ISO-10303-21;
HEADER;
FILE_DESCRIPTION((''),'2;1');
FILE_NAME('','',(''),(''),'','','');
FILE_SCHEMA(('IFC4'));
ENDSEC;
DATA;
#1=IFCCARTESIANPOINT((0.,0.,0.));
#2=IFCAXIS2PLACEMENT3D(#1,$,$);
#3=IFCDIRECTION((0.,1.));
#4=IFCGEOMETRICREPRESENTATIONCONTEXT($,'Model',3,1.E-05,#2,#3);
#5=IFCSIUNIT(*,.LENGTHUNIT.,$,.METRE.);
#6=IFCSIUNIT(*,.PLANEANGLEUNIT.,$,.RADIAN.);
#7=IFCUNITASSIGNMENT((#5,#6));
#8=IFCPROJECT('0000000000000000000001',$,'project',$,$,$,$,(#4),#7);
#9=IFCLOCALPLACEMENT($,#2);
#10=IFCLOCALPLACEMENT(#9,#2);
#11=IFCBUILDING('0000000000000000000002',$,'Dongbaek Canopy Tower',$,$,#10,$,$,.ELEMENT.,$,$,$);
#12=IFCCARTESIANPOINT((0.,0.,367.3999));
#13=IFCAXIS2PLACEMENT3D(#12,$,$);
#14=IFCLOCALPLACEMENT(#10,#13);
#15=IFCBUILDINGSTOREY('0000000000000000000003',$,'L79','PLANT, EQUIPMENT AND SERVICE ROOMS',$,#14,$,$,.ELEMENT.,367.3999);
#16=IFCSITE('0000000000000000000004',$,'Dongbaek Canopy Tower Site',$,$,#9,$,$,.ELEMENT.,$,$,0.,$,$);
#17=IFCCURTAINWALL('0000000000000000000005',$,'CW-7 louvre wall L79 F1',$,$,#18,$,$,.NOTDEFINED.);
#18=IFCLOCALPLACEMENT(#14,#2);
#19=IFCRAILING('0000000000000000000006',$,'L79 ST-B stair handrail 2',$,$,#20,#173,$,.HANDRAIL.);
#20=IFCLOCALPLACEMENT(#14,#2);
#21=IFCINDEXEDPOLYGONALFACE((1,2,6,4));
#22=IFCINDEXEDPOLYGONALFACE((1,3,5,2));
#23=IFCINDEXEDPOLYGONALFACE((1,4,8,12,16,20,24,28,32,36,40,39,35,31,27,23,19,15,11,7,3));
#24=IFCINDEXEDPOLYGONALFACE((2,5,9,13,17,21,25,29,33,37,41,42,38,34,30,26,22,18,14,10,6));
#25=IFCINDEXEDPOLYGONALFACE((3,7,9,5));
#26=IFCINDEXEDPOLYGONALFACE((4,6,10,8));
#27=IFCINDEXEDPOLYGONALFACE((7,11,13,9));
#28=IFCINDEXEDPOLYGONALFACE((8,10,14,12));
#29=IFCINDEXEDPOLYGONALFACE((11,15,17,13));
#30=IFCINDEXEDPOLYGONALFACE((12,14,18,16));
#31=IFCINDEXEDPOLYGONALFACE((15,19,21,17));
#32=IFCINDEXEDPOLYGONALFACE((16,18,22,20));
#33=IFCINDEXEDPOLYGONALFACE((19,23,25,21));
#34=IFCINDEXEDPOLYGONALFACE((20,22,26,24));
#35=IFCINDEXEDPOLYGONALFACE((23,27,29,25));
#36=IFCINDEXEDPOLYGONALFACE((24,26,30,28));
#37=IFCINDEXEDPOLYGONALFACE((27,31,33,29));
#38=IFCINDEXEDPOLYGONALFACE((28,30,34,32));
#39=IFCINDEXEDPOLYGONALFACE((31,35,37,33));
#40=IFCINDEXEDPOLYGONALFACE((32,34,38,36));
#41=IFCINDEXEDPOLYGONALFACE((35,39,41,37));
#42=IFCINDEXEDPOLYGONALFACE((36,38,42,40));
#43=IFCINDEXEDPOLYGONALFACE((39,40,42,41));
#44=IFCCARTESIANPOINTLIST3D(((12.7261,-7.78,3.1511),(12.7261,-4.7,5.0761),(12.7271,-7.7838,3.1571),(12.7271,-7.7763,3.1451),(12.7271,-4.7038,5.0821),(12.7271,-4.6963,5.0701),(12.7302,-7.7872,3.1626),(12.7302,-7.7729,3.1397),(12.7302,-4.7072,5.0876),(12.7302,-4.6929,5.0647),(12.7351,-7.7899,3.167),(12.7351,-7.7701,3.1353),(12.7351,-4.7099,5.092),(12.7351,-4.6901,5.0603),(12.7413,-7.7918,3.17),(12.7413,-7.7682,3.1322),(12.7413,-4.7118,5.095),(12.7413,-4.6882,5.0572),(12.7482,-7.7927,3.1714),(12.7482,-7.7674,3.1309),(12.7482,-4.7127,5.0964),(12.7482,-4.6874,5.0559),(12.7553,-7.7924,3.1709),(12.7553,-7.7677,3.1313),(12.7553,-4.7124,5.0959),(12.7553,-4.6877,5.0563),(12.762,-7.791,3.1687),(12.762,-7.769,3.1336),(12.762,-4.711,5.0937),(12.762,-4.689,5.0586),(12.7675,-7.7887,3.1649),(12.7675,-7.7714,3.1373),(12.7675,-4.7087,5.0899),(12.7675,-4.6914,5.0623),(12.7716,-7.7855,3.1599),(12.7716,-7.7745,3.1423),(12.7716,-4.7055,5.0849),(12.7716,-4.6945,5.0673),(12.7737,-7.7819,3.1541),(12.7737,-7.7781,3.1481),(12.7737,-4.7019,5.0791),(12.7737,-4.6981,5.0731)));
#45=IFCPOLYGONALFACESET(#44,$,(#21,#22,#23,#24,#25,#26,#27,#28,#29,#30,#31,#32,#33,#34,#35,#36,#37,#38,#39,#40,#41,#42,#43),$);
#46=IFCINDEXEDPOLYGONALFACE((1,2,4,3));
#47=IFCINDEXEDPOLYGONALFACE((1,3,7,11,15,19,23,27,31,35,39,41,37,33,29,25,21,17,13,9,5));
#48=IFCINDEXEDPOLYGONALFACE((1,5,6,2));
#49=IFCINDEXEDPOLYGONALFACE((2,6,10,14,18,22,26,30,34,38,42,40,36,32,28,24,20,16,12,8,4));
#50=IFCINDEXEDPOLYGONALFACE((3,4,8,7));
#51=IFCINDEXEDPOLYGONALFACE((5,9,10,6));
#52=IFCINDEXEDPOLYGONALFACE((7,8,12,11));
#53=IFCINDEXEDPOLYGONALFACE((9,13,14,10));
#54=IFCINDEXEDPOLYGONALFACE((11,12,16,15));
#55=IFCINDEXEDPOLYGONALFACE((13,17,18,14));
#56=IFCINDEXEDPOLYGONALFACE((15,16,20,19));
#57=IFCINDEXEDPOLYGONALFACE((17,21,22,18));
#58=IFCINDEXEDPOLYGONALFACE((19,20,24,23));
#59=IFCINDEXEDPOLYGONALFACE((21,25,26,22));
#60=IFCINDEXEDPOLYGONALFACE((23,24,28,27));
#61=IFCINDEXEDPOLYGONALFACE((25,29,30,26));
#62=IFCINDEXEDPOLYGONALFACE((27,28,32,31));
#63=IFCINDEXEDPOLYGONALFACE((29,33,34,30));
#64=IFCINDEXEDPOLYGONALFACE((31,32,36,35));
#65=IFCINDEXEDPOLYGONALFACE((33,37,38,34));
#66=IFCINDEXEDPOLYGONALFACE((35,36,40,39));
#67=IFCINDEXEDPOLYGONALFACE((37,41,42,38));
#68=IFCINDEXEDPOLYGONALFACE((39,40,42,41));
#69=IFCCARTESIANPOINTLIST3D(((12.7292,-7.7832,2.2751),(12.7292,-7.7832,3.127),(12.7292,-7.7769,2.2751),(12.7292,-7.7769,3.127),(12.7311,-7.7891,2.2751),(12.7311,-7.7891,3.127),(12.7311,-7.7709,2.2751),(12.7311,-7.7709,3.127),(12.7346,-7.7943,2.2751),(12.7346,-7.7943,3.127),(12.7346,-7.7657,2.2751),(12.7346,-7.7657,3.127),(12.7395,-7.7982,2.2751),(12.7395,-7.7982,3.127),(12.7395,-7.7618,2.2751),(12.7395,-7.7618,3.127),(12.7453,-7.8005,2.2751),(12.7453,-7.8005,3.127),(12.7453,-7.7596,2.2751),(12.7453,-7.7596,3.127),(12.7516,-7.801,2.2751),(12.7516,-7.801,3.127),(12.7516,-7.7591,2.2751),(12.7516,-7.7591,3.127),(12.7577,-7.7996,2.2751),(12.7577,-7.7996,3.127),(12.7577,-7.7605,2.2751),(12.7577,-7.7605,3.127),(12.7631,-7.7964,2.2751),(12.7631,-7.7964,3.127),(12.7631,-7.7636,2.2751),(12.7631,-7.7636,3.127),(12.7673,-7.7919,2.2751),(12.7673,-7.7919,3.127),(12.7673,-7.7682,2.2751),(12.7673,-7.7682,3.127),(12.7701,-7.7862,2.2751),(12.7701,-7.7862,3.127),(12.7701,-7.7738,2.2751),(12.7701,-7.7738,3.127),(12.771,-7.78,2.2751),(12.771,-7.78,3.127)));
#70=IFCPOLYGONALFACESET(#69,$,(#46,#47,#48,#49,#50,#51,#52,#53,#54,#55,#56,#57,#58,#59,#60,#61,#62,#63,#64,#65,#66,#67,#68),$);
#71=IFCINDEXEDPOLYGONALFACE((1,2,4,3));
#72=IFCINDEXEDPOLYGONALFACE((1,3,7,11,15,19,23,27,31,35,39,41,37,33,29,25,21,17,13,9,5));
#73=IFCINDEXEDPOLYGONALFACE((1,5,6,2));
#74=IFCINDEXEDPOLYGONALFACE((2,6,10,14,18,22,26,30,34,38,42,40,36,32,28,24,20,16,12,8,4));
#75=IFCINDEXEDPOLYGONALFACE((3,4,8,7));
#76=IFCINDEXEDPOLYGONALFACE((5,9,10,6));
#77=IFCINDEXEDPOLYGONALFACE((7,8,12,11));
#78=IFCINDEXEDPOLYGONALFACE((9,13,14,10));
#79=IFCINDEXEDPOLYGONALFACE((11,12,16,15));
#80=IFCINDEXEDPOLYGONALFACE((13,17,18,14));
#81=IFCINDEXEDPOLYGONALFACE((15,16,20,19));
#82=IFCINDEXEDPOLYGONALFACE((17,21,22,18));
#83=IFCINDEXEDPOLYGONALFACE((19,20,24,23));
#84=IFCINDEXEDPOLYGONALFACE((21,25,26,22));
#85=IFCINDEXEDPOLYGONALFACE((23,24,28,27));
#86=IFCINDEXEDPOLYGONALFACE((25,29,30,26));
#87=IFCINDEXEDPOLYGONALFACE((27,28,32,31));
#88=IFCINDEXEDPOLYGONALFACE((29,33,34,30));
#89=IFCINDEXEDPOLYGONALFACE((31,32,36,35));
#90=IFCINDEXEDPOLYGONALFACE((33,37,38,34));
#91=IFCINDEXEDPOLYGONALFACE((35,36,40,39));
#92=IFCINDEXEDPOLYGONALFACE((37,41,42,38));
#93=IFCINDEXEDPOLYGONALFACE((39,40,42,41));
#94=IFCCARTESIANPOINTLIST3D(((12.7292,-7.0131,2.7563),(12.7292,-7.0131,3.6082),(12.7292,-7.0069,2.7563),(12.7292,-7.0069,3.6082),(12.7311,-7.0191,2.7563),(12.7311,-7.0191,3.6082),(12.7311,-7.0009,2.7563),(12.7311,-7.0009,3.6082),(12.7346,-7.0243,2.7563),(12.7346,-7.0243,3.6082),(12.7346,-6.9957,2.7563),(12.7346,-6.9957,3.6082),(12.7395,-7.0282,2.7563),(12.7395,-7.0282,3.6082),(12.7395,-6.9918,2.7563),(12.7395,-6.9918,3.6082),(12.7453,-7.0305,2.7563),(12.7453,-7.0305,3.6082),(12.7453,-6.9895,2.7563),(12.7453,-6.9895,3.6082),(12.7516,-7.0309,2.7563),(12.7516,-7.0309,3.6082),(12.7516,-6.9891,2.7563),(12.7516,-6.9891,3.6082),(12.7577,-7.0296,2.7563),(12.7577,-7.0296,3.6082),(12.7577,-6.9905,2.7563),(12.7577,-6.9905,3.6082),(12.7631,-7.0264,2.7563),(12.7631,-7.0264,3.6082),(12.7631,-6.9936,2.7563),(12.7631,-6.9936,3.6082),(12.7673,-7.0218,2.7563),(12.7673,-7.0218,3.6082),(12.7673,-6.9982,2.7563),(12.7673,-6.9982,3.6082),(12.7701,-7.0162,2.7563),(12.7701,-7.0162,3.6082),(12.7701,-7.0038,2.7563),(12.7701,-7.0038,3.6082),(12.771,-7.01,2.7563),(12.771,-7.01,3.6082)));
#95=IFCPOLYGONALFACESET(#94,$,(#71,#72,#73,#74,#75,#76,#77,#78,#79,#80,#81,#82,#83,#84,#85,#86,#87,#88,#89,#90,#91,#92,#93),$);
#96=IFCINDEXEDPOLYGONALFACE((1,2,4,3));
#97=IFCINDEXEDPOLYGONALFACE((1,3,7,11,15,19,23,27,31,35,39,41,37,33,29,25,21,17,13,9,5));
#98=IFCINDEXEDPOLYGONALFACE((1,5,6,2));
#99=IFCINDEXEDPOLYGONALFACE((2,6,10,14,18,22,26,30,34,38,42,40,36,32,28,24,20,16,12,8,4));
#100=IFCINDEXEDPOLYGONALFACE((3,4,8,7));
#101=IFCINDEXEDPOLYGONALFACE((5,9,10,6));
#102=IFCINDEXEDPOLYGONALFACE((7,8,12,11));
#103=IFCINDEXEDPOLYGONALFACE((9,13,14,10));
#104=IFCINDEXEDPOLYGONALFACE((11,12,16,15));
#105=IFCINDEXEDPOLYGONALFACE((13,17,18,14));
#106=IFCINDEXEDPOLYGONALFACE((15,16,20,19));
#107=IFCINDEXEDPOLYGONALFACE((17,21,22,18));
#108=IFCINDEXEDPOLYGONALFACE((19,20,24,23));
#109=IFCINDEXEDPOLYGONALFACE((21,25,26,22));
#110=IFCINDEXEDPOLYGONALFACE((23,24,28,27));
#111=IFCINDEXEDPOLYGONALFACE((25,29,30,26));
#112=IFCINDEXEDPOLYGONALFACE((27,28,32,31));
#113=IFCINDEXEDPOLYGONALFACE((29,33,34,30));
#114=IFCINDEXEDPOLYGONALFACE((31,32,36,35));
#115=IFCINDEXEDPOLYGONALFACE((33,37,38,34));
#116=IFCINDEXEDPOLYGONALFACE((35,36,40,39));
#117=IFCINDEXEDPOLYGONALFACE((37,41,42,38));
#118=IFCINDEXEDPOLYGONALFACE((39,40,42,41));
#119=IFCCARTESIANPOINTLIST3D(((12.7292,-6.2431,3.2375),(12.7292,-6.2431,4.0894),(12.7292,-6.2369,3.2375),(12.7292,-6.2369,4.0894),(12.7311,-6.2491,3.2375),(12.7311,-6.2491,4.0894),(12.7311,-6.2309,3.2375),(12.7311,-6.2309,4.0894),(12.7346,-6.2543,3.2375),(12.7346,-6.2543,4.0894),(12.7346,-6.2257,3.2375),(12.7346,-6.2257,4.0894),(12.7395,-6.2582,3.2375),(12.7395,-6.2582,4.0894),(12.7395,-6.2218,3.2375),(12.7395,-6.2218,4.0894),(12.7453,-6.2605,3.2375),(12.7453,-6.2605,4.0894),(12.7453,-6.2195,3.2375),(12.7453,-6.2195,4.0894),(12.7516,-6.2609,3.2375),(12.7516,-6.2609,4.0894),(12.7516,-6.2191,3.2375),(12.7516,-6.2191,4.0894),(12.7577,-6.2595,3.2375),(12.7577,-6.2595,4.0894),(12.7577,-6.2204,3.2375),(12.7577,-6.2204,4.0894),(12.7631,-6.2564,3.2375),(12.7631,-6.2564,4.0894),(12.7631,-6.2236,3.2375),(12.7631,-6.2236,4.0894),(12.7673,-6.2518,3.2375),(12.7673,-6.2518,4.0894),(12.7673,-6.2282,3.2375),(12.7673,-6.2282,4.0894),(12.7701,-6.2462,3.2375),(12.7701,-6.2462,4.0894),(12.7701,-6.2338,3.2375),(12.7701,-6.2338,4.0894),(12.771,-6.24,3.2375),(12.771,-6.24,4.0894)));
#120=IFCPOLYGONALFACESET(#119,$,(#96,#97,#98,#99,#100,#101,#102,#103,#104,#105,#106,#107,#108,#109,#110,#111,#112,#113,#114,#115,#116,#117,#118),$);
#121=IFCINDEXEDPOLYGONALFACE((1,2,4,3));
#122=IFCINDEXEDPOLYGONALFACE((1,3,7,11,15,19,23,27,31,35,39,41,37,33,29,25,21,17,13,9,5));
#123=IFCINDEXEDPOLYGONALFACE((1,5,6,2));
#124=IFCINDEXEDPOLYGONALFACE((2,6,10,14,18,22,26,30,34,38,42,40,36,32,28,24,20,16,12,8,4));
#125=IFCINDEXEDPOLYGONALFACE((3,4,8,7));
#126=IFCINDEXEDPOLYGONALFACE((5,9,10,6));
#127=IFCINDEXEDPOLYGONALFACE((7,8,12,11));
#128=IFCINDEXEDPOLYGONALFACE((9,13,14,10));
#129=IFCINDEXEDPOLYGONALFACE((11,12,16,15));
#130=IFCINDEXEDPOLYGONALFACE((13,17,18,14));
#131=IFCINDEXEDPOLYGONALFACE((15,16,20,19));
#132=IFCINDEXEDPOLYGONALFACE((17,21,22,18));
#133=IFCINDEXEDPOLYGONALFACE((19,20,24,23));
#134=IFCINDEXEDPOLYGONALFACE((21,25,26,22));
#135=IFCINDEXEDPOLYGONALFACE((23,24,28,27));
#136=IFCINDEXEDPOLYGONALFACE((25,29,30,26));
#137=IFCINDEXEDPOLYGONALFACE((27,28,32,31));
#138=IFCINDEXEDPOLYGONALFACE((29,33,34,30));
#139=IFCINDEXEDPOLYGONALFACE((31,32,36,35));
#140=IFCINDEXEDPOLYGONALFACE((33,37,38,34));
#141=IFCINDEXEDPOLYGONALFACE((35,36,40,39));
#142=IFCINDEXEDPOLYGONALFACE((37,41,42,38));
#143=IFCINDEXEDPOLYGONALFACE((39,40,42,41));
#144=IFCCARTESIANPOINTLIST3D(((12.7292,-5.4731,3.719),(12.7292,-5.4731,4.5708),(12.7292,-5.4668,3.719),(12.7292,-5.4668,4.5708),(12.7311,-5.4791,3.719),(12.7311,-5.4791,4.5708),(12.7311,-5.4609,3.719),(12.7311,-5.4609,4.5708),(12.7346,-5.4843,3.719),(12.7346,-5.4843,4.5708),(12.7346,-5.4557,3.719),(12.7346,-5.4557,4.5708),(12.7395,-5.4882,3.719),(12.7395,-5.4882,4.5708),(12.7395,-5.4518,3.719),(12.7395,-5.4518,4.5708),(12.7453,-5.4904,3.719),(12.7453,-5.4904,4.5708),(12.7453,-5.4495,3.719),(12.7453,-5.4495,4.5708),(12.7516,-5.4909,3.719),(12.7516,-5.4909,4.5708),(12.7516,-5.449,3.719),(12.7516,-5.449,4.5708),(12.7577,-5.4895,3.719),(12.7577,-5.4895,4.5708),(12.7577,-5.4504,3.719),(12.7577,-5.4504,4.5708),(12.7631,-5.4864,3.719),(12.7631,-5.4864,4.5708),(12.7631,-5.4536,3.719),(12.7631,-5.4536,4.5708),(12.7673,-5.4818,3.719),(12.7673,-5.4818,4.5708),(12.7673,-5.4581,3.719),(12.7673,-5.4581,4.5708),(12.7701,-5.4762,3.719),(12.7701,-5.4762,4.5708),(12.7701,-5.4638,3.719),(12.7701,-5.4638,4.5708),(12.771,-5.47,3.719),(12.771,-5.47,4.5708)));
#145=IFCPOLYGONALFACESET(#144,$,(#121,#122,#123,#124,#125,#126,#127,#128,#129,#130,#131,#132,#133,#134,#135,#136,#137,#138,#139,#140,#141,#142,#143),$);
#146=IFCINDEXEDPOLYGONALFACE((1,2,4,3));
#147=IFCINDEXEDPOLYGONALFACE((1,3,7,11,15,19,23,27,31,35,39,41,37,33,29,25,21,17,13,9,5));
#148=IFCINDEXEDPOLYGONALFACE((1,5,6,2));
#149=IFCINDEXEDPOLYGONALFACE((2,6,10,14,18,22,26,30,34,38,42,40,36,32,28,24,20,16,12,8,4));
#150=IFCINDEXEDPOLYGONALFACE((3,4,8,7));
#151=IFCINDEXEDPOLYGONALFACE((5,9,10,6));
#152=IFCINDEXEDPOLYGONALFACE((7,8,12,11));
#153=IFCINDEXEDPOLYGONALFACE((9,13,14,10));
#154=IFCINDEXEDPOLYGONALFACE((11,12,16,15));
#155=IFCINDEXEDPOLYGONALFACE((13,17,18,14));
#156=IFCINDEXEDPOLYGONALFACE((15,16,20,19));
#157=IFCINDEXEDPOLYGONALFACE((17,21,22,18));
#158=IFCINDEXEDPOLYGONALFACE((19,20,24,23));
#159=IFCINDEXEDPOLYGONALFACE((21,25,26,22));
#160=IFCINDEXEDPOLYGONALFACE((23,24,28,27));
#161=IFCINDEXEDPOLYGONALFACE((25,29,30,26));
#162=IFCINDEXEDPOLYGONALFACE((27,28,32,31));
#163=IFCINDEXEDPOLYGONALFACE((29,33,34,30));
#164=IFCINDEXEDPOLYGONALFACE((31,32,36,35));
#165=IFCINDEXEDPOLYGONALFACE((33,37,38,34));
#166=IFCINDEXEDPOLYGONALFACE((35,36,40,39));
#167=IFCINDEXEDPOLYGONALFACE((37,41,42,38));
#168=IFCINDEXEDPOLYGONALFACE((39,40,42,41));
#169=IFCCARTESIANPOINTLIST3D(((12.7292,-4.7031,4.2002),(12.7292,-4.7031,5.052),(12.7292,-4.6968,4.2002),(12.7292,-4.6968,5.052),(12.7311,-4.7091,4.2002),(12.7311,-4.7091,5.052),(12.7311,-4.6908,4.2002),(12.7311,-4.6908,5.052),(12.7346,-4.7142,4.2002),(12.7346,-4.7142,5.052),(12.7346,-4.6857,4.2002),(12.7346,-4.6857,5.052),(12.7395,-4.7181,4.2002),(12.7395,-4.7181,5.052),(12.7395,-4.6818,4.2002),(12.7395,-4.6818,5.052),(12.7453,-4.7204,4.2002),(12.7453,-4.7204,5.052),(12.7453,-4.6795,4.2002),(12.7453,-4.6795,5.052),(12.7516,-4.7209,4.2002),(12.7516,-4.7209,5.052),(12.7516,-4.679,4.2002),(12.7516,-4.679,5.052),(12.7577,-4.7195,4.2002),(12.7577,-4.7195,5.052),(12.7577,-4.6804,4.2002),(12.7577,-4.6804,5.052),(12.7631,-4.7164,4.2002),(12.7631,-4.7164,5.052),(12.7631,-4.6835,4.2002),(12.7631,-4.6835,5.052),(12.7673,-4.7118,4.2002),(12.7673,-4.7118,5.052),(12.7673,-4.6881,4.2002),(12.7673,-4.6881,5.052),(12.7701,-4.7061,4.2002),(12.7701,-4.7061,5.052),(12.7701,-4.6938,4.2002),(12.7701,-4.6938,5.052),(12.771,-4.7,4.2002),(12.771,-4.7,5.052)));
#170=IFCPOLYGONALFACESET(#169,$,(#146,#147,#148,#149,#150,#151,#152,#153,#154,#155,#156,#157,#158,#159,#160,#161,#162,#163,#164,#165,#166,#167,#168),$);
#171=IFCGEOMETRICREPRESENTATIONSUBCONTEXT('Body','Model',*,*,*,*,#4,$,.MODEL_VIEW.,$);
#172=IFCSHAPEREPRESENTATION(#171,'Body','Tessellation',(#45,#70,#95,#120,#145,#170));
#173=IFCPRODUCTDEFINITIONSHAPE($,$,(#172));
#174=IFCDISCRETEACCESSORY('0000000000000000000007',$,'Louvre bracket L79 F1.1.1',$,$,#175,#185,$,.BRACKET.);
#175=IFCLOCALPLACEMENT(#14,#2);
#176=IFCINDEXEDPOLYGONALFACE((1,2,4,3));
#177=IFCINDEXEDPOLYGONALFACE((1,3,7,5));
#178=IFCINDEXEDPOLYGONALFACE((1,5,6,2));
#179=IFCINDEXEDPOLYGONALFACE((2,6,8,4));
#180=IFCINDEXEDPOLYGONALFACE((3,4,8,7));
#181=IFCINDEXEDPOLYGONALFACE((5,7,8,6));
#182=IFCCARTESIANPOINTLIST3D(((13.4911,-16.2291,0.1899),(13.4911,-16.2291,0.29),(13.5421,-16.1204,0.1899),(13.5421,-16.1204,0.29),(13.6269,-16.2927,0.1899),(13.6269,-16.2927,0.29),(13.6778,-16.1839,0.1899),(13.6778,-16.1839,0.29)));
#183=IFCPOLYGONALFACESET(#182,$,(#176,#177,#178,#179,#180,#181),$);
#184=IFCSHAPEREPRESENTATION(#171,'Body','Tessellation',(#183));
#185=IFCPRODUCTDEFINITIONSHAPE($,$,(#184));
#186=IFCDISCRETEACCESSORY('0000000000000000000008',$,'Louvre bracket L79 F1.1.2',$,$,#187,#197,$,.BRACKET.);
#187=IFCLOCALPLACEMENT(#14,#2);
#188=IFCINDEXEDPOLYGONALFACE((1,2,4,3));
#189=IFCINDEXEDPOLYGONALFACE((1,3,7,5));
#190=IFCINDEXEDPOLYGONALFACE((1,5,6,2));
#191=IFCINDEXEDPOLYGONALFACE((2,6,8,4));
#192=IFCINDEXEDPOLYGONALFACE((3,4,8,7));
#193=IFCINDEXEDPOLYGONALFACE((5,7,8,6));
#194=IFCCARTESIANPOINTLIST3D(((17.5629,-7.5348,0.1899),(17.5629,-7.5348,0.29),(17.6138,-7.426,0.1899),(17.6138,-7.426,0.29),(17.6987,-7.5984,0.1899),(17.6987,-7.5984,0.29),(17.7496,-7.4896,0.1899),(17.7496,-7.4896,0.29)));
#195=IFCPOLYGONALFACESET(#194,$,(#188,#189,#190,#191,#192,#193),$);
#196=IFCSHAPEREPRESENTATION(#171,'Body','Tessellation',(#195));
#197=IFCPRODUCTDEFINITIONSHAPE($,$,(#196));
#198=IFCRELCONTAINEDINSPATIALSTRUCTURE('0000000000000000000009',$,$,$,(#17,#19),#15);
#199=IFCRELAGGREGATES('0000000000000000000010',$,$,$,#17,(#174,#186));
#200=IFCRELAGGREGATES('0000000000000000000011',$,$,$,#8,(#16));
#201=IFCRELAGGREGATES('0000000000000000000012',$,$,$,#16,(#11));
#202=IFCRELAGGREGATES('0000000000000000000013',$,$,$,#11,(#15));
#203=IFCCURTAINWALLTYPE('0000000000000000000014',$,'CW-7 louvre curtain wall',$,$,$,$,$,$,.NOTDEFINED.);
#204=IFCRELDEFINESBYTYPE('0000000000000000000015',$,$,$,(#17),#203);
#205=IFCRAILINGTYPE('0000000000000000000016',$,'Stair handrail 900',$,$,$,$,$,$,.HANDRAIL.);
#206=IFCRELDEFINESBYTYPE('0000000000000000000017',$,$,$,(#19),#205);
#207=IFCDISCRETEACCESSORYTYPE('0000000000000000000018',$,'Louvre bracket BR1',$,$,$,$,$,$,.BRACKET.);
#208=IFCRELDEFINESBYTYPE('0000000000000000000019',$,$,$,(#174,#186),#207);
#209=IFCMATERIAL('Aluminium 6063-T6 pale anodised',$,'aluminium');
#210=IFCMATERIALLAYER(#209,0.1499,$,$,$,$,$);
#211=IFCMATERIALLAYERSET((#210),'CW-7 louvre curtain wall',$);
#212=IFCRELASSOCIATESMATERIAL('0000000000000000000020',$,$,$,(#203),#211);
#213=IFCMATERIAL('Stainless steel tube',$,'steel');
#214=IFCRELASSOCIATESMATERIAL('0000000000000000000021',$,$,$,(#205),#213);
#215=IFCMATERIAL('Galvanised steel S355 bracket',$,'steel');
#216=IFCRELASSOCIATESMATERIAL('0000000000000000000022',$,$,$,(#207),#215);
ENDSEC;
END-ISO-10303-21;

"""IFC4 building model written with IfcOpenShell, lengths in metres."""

from ifc_helpers import new_model, si_unit, direction, frame, origin, origin_2d, place, context, subcontext, project, spatial, rectangle, circle, extrude, material, layer, layer_set, type_object, element, aggregate, save


model = new_model("IFC4")

# Units and contexts
model_context = context("Model", 3, precision=1e-05, world=origin(), true_north=direction((0.0, 1.0)))
body_context = subcontext(model_context, "Body", "Model", "MODEL_VIEW")
ifc_project = project(units=[si_unit("LENGTHUNIT", "METRE"), si_unit("PLANEANGLEUNIT", "RADIAN")], contexts=[model_context])

# Site, building, storey
site_placement = place(None, origin())
site = spatial("IfcSite", under=ifc_project, at=site_placement, Name="Dongbaek Canopy Tower Site", CompositionType="ELEMENT", RefElevation=0.0)
building_placement = place(site_placement, origin())
building = spatial("IfcBuilding", under=site, at=building_placement, Name="Dongbaek Canopy Tower", CompositionType="ELEMENT")
storey_placement = place(building_placement, frame((0.0, 0.0, 367.3999)))
storey = spatial("IfcBuildingStorey", under=building, at=storey_placement, Name="L79", Description="PLANT, EQUIPMENT AND SERVICE ROOMS", CompositionType="ELEMENT", Elevation=367.3999)

# Shared definitions
ifc_material_1 = material(Name="Aluminium 6063-T6 pale anodised", Category="aluminium")
ifc_layer_1 = layer(ifc_material_1, 0.1499)
ifc_layer_set_1 = layer_set([ifc_layer_1], Name="CW-7 louvre curtain wall")
curtain_wall_type = type_object("IfcCurtainWallType", Name="CW-7 louvre curtain wall", PredefinedType="NOTDEFINED", material=ifc_layer_set_1)

# Curtain wall
curtain_wall_1_placement = place(storey_placement, origin())
curtain_wall_1 = element("IfcCurtainWall", 1, at=curtain_wall_1_placement, inside=storey, type_object=curtain_wall_type, Name="CW-7 louvre wall L79 F1", PredefinedType="NOTDEFINED")

# Railing
ifc_material_2 = material(Name="Stainless steel tube", Category="steel")
railing_type_1 = type_object("IfcRailingType", Name="Stair handrail 900", PredefinedType="HANDRAIL", material=ifc_material_2)
railing_1_placement = place(storey_placement, frame((12.75, -7.78, 2.2751)))
element("IfcRailing", 2, at=railing_1_placement, inside=storey, type_object=railing_type_1, Name="L79 ST-B stair handrail 2", PredefinedType="HANDRAIL", context=body_context, shape_type="SweptSolid", body=[
    extrude(circle(Radius=0.0239, at=origin_2d()), frame((0.0, 0.0, 0.876), z_axis=(0.0, 0.847998, 0.529999), x_axis=(-1.0, 0.0, 0.0)), (0.0, 0.0, 1.0), 3.6321),
    extrude(circle(Radius=0.021, at=origin_2d()), origin(), (0.0, 0.0, 1.0), 0.8518),
    extrude(circle(Radius=0.021, at=origin_2d()), frame((0.0, 0.77, 0.4812)), (0.0, 0.0, 1.0), 0.8518),
    extrude(circle(Radius=0.021, at=origin_2d()), frame((0.0, 1.54, 0.9624)), (0.0, 0.0, 1.0), 0.8518),
    extrude(circle(Radius=0.021, at=origin_2d()), frame((0.0, 2.3101, 1.4438)), (0.0, 0.0, 1.0), 0.8518),
    extrude(circle(Radius=0.021, at=origin_2d()), frame((0.0, 3.0801, 1.925)), (0.0, 0.0, 1.0), 0.8518),
])

# Discrete accessories
ifc_material_3 = material(Name="Galvanised steel S355 bracket", Category="steel")
discrete_accessory_type = type_object("IfcDiscreteAccessoryType", Name="Louvre bracket BR1", PredefinedType="BRACKET", material=ifc_material_3)
discrete_accessory_1_placement = place(storey_placement, frame((13.5845, -16.2065, 0.1899), z_axis=(0.0, 0.0, 1.0), x_axis=(0.424123, 0.905605, 0.0)))
discrete_accessory_1 = element("IfcDiscreteAccessory", 3, at=discrete_accessory_1_placement, type_object=discrete_accessory_type, Name="Louvre bracket L79 F1.1.1", PredefinedType="BRACKET", context=body_context, shape_type="SweptSolid", body=[
    extrude(rectangle(XDim=0.1201, YDim=0.1499, at=origin_2d()), origin(), (0.0, 0.0, 1.0), 0.1001),
])
discrete_accessory_2_placement = place(storey_placement, frame((17.6562, -7.5122, 0.1899), z_axis=(0.0, 0.0, 1.0), x_axis=(0.424123, 0.905605, 0.0)))
discrete_accessory_2 = element("IfcDiscreteAccessory", 4, at=discrete_accessory_2_placement, type_object=discrete_accessory_type, Name="Louvre bracket L79 F1.1.2", PredefinedType="BRACKET", context=body_context, shape_type="SweptSolid", body=[
    extrude(rectangle(XDim=0.1201, YDim=0.1499, at=origin_2d()), origin(), (0.0, 0.0, 1.0), 0.1001),
])
aggregate(curtain_wall_1, [discrete_accessory_1, discrete_accessory_2])

save(model, "model.ifc")
